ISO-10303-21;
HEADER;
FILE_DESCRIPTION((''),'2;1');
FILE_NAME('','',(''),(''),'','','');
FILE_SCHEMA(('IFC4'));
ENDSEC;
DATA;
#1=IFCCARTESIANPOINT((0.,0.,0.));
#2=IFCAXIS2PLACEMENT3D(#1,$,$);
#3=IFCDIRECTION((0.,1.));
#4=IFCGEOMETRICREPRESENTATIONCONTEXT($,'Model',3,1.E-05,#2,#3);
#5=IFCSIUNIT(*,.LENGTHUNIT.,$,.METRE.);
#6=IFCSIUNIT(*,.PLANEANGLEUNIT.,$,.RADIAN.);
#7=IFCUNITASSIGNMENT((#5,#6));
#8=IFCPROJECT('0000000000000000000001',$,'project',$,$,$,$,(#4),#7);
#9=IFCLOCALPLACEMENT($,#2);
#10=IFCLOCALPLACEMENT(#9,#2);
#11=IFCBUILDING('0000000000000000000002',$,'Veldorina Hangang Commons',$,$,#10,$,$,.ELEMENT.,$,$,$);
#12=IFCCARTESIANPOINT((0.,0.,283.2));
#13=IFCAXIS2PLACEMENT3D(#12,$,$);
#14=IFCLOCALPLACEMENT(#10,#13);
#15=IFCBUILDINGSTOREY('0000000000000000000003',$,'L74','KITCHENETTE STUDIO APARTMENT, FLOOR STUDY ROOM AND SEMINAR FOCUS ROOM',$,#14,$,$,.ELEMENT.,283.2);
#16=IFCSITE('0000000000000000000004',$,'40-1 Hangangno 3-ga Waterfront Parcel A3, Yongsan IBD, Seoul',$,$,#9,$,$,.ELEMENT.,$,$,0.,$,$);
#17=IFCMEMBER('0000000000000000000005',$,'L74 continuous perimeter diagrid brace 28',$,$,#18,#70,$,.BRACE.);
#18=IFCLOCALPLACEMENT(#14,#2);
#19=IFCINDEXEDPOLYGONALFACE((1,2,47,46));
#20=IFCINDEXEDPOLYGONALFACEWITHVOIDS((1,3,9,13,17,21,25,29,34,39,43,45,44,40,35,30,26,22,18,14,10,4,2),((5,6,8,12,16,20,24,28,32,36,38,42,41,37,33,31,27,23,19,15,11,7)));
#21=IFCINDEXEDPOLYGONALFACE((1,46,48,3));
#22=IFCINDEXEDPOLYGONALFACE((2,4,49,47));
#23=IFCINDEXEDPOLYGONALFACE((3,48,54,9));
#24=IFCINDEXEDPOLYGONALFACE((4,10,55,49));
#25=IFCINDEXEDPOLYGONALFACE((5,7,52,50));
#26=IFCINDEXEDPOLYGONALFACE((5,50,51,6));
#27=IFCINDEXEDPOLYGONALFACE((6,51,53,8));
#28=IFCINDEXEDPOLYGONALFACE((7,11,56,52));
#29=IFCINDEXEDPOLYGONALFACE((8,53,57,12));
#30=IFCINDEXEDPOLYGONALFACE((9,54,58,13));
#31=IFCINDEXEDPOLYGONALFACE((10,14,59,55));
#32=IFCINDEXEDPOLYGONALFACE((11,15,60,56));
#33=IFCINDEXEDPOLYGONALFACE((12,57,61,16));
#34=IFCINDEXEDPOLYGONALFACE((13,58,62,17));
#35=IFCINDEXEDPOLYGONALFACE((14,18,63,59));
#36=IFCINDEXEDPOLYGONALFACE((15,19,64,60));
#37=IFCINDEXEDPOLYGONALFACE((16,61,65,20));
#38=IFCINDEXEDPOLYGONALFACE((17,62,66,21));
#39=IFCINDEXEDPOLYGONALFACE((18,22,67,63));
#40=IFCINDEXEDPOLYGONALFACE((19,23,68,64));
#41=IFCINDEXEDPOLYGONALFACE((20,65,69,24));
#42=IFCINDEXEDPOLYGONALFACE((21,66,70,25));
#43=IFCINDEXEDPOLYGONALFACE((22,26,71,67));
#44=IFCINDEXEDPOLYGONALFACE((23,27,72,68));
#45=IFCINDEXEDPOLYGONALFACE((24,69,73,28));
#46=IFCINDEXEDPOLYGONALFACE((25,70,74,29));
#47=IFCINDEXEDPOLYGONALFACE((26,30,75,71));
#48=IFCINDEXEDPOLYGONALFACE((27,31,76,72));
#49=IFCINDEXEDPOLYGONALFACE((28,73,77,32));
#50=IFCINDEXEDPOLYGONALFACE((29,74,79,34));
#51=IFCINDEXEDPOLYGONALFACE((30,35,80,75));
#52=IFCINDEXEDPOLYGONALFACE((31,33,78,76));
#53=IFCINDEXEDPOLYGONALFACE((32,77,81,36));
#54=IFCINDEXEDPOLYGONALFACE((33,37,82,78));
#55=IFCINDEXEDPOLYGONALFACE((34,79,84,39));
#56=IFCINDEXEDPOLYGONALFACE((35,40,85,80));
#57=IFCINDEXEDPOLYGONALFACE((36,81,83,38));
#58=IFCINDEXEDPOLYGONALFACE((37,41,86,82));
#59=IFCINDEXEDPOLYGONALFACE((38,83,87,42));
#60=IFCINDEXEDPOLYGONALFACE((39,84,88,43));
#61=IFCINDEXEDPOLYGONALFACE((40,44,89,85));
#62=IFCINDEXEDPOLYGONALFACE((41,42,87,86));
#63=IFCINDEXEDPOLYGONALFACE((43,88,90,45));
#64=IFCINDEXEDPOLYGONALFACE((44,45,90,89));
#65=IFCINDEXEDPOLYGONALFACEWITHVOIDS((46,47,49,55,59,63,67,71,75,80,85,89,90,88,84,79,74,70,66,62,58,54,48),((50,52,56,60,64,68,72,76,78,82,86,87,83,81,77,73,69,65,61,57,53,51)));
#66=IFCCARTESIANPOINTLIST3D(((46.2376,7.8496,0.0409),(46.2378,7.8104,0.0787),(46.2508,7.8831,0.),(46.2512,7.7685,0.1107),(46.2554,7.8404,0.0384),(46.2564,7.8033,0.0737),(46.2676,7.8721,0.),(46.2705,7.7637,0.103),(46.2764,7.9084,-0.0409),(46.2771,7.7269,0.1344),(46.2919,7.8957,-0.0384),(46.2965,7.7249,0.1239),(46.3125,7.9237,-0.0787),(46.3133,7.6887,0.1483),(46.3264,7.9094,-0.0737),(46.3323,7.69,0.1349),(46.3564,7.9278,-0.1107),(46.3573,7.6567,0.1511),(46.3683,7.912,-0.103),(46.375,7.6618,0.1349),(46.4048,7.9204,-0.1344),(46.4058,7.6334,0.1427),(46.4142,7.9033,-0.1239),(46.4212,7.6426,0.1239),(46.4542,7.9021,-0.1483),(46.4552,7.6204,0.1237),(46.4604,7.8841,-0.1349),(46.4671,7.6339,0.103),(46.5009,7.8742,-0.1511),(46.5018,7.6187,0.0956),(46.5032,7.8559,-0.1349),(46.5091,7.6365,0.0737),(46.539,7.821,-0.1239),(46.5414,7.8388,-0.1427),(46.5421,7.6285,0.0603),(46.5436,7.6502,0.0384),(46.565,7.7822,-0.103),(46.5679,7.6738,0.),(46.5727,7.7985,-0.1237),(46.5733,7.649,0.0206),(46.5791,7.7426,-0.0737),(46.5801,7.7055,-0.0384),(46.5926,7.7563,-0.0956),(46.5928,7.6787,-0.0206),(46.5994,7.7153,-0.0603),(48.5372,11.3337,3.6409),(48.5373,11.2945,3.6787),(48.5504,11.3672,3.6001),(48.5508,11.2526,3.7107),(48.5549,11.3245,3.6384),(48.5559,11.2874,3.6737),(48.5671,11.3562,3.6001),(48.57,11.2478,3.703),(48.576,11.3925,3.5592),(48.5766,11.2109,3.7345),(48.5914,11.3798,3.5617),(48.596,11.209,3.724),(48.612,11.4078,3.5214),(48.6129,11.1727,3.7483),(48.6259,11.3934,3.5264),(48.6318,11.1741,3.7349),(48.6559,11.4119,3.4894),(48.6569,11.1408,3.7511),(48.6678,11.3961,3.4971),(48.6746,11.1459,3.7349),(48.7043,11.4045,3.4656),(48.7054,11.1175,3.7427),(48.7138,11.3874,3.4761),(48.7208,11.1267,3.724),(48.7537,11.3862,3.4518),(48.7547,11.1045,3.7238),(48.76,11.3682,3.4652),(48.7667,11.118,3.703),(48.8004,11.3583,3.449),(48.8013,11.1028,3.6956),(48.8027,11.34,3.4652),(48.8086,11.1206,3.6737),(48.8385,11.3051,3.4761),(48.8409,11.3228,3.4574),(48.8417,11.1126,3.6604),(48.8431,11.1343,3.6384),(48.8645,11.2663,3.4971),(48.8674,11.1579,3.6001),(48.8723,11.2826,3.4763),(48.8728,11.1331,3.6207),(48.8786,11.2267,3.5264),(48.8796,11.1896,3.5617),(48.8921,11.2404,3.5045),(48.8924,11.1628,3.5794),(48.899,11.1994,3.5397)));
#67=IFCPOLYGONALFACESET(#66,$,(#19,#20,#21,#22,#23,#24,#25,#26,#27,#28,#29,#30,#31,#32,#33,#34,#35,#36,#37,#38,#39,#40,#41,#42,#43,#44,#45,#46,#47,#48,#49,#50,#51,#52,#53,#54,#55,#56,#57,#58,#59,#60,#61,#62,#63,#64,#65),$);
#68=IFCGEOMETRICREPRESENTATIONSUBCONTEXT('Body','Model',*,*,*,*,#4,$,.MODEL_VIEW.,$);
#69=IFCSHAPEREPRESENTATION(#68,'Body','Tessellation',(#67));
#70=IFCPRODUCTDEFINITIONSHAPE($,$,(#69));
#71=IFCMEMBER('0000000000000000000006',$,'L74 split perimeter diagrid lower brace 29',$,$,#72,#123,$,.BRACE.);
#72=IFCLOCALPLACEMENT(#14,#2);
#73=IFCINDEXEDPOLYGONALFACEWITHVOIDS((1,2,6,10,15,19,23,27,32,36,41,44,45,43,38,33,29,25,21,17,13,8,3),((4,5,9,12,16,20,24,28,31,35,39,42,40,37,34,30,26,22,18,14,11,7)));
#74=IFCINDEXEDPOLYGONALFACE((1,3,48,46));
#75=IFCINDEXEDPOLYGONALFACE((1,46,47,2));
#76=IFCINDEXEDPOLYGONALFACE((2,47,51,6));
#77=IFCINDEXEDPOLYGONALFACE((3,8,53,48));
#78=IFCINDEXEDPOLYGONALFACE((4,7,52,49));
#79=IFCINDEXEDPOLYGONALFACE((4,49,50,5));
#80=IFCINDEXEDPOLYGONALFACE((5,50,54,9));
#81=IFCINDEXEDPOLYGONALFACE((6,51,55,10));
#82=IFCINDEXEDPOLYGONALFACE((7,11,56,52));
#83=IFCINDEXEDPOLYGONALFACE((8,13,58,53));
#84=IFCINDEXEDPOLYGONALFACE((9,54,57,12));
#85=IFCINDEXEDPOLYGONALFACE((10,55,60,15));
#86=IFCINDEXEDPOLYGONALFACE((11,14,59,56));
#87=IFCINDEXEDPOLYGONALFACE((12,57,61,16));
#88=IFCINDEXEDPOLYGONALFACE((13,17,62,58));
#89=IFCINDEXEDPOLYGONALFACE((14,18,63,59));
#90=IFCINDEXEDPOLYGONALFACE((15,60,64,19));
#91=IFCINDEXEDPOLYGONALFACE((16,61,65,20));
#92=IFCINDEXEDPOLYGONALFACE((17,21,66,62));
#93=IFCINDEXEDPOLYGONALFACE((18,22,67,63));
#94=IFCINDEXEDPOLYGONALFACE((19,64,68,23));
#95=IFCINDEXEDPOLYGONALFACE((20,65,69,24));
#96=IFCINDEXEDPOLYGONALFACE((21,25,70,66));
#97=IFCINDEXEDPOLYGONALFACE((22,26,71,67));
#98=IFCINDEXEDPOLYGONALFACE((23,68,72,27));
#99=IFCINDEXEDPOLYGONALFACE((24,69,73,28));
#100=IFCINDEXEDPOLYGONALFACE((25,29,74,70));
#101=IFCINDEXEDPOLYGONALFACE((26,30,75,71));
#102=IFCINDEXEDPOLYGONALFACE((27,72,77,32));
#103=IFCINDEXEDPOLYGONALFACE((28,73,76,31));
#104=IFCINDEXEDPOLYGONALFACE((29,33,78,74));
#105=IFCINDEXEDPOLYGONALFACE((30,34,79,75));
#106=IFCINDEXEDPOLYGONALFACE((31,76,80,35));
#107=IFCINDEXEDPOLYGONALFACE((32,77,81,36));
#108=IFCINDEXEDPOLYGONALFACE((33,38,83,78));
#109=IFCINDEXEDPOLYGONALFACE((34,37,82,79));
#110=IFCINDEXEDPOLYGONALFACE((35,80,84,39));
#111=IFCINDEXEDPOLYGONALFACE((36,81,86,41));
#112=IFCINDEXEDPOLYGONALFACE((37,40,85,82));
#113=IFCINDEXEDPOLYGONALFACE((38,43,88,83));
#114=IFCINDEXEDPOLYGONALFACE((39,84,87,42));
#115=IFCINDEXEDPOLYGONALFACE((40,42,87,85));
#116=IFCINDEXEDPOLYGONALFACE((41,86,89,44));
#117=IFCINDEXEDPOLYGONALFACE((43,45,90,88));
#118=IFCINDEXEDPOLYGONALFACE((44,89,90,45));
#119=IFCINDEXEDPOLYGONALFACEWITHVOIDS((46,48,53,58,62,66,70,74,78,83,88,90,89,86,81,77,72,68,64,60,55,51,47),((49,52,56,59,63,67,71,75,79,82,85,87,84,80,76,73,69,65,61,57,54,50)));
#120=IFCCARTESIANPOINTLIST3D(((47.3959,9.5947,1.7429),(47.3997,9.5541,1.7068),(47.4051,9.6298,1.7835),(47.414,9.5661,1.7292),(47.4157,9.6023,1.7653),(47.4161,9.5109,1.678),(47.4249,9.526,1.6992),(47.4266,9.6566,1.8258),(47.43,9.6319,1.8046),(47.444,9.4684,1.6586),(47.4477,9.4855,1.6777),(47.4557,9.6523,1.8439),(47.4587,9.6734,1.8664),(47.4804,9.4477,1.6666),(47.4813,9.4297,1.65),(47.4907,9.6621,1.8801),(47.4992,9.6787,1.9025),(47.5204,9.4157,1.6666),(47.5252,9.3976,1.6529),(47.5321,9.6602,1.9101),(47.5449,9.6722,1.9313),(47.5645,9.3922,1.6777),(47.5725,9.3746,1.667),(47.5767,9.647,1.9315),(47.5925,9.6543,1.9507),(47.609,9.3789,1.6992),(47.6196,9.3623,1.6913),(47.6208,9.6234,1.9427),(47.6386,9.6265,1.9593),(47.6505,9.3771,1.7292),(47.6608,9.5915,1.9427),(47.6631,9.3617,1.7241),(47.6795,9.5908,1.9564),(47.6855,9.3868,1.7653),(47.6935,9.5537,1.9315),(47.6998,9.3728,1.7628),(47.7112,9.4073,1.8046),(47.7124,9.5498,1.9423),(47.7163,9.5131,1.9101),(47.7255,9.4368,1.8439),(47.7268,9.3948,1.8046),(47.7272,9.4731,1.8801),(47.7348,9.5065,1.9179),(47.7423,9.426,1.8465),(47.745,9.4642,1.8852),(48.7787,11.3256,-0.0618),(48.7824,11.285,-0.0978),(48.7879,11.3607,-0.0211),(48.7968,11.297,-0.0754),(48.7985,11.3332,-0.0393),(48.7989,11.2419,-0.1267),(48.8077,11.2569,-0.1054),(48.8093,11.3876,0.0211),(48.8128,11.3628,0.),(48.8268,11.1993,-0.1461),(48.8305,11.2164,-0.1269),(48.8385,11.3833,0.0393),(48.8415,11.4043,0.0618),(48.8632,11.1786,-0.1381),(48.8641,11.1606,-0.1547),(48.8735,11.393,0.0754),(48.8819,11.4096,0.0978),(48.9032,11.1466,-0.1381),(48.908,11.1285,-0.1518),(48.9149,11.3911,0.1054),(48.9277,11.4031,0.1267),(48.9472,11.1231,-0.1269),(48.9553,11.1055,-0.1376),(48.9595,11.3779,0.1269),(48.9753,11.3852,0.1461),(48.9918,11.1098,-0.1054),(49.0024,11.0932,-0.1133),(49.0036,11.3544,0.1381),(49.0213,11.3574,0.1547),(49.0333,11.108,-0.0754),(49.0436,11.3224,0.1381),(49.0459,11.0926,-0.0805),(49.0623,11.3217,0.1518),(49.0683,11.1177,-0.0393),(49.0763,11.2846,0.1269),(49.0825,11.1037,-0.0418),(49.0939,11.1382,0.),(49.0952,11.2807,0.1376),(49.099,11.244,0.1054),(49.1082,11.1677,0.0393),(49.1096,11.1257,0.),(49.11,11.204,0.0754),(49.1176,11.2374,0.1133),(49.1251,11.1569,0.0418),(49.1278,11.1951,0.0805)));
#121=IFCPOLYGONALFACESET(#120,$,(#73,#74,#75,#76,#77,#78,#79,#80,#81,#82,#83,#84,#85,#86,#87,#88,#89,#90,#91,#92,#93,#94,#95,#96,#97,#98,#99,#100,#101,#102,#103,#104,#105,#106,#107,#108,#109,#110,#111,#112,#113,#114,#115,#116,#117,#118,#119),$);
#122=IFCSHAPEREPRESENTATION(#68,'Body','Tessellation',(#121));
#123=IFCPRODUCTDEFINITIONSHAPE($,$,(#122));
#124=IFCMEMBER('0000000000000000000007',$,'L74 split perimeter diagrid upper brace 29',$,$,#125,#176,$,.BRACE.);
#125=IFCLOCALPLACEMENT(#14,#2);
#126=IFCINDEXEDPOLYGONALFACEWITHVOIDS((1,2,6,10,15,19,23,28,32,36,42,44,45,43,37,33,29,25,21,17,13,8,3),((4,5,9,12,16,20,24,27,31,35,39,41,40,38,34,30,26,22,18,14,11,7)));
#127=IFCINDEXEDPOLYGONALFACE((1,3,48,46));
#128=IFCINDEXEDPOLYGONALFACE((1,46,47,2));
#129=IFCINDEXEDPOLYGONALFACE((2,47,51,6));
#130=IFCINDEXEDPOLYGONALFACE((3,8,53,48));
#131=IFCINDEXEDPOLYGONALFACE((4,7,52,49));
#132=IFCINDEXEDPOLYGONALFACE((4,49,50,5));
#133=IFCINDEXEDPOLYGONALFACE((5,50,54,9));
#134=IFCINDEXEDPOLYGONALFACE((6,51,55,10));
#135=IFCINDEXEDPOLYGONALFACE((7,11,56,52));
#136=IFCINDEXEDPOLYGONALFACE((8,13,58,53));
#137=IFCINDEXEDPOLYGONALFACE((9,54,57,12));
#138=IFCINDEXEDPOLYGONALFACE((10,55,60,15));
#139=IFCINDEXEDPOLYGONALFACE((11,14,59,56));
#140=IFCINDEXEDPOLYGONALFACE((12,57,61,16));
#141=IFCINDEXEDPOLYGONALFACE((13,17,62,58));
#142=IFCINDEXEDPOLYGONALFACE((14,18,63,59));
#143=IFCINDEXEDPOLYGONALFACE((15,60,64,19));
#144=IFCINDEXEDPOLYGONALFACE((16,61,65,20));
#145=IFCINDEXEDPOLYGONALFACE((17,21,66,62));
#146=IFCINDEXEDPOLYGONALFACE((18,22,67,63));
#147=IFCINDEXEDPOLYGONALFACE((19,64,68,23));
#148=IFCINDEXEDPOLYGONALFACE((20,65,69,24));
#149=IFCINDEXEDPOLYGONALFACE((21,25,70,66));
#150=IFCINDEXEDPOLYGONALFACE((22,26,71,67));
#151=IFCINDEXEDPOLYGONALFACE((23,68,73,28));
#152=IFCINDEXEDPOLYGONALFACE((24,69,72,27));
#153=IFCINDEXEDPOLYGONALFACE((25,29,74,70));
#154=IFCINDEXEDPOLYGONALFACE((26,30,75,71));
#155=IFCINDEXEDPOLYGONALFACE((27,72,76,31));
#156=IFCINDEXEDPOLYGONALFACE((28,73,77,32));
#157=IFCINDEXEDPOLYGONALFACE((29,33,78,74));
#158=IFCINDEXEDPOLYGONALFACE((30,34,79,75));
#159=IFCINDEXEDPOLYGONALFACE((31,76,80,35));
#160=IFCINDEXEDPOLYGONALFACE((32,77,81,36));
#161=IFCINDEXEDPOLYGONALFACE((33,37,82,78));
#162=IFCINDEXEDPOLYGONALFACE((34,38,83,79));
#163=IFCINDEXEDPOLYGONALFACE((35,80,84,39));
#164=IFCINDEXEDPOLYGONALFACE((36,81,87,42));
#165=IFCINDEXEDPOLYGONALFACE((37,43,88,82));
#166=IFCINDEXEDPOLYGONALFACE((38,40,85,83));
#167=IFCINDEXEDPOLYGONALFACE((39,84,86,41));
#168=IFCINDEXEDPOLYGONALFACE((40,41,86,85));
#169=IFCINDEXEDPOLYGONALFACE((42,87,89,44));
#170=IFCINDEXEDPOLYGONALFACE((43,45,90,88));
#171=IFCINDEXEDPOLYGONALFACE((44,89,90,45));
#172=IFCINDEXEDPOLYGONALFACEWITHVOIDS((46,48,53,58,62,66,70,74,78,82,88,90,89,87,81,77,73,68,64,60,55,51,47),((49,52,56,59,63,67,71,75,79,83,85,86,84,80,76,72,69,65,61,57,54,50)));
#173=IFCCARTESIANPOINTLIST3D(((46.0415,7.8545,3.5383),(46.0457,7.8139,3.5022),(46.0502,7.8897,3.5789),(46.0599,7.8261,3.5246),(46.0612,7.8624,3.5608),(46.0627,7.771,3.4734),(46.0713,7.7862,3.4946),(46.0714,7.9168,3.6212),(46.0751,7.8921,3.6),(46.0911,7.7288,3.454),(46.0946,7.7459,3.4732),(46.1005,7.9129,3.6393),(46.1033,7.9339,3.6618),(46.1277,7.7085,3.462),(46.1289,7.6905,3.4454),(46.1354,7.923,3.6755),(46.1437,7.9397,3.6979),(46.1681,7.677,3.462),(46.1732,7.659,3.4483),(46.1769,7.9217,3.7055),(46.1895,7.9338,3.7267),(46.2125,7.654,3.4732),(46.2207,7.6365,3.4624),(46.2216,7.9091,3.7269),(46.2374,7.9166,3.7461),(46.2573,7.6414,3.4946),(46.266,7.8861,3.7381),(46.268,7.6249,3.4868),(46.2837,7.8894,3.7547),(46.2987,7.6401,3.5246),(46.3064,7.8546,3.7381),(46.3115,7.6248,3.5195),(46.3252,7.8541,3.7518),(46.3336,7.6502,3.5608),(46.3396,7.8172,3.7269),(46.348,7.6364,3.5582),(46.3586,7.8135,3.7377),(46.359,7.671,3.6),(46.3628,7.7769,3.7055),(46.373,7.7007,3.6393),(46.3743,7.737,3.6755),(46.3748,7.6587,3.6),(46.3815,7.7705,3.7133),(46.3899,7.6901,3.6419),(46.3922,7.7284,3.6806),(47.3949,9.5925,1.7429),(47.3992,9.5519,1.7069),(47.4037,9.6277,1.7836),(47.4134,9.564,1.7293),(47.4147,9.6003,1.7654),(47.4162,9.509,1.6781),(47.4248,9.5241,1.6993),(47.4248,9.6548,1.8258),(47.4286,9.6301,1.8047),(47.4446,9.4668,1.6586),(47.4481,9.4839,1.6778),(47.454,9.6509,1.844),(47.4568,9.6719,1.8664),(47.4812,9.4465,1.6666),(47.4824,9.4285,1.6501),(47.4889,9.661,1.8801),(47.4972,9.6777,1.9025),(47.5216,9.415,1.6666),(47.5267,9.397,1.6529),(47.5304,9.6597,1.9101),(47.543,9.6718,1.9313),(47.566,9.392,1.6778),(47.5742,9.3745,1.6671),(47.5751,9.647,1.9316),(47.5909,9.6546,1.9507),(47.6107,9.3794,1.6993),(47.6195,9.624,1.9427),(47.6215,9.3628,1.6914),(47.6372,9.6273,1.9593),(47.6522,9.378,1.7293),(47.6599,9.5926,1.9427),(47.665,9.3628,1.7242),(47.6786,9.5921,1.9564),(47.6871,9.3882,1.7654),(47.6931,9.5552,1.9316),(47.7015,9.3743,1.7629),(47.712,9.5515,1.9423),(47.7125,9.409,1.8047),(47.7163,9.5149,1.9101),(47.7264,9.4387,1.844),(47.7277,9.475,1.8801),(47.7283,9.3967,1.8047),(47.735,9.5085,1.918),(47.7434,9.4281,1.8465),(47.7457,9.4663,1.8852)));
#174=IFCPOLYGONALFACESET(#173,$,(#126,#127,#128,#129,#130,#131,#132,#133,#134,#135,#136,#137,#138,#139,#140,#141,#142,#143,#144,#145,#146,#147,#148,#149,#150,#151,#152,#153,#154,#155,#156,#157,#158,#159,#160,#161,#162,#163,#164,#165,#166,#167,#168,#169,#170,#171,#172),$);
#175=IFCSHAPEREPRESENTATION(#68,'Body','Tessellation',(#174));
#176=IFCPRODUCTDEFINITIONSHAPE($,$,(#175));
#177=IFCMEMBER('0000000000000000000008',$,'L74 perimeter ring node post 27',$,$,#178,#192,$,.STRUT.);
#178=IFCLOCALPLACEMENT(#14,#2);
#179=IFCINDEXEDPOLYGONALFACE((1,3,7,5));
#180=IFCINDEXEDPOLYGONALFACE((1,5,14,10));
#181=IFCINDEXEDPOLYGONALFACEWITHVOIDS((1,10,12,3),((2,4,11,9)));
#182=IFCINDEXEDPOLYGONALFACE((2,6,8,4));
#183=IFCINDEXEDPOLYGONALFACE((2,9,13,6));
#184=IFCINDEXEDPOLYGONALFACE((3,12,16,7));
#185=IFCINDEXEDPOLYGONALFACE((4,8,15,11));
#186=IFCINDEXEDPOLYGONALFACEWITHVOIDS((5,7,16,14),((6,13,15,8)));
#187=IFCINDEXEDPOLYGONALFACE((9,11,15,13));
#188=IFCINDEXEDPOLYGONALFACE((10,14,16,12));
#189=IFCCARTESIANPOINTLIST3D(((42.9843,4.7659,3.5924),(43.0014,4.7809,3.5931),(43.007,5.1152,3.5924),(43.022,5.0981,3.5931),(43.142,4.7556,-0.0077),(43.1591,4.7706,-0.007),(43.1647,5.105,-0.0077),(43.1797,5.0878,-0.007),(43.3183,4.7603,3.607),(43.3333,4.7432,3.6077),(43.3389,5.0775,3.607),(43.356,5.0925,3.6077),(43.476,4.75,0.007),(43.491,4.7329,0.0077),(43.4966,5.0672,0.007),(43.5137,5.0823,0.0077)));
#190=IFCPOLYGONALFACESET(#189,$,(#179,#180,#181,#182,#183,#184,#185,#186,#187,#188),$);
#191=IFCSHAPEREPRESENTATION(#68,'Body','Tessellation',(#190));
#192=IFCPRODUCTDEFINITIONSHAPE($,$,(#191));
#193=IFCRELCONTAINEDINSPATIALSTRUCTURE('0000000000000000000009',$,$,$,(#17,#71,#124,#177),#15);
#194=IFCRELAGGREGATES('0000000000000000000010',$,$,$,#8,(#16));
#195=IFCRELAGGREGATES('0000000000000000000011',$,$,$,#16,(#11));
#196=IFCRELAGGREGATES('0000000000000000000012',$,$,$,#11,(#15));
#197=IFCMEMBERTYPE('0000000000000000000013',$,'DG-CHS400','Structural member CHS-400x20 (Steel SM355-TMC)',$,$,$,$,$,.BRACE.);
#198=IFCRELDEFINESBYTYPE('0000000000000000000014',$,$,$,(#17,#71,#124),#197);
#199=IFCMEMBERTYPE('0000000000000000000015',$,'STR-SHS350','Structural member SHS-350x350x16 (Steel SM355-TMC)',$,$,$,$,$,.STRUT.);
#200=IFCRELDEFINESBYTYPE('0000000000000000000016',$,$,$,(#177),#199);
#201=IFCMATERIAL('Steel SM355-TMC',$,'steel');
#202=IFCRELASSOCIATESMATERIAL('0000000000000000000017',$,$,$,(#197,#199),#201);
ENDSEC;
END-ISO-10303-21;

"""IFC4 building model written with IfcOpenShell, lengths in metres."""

from ifc_helpers import new_model, si_unit, direction, frame, origin, origin_2d, place, context, subcontext, project, spatial, hollow_rectangle, hollow_circle, extrude, material, material_profile, profile_set, type_object, element, save


model = new_model("IFC4")

# Units and contexts
model_context = context("Model", 3, precision=1e-05, world=origin(), true_north=direction((0.0, 1.0)))
body_context = subcontext(model_context, "Body", "Model", "MODEL_VIEW")
ifc_project = project(units=[si_unit("LENGTHUNIT", "METRE"), si_unit("PLANEANGLEUNIT", "RADIAN")], contexts=[model_context])

# Site, building, storey
site_placement = place(None, origin())
site = spatial("IfcSite", under=ifc_project, at=site_placement, Name="40-1 Hangangno 3-ga Waterfront Parcel A3, Yongsan IBD, Seoul", CompositionType="ELEMENT", RefElevation=0.0)
building_placement = place(site_placement, origin())
building = spatial("IfcBuilding", under=site, at=building_placement, Name="Veldorina Hangang Commons", CompositionType="ELEMENT")
storey_placement = place(building_placement, frame((0.0, 0.0, 283.2)))
storey = spatial("IfcBuildingStorey", under=building, at=storey_placement, Name="L74", Description="KITCHENETTE STUDIO APARTMENT, FLOOR STUDY ROOM AND SEMINAR FOCUS ROOM", CompositionType="ELEMENT", Elevation=283.2)

# Shared definitions
ifc_material_1 = material(Name="Steel SM355-TMC", Category="steel")

# Members
ifc_material_profile_1 = material_profile(ifc_material_1, hollow_circle(Radius=0.2, WallThickness=0.02, at=origin_2d()), Name="CHS-400x20")
ifc_profile_set_1 = profile_set([ifc_material_profile_1], Name="Steel SM355-TMC")
member_type_1 = type_object("IfcMemberType", Name="DG-CHS400", Description="Structural member CHS-400x20 (Steel SM355-TMC)", PredefinedType="BRACE", material=ifc_profile_set_1)
member_1_placement = place(storey_placement, frame((46.4177, 7.7729, 0.0), z_axis=(0.417153, 0.63204, 0.653077), x_axis=(-0.834606, 0.550848, 0.0)))
element("IfcMember", 1, at=member_1_placement, inside=storey, type_object=member_type_1, Name="L74 continuous perimeter diagrid brace 28", PredefinedType="BRACE", context=body_context, shape_type="SweptSolid", body=[
    extrude(hollow_circle(Radius=0.2, WallThickness=0.02, at=origin_2d()), origin(), (0.0, 0.0, 1.0), 5.5125),
])
member_2_placement = place(storey_placement, frame((48.9534, 11.2505, 0.0), z_axis=(-0.483925, -0.60576, 0.631563), x_axis=(0.781299, -0.624157, 0.0)))
element("IfcMember", 2, at=member_2_placement, inside=storey, type_object=member_type_1, Name="L74 split perimeter diagrid lower brace 29", PredefinedType="BRACE", context=body_context, shape_type="SweptSolid", body=[
    extrude(hollow_circle(Radius=0.2, WallThickness=0.02, at=origin_2d()), origin(), (0.0, 0.0, 1.0), 2.8574),
])
member_3_placement = place(storey_placement, frame((47.5706, 9.5195, 1.8047), z_axis=(-0.476275, -0.61158, 0.631769), x_axis=(0.788976, -0.614424, 0.0)))
element("IfcMember", 3, at=member_3_placement, inside=storey, type_object=member_type_1, Name="L74 split perimeter diagrid upper brace 29", PredefinedType="BRACE", context=body_context, shape_type="SweptSolid", body=[
    extrude(hollow_circle(Radius=0.2, WallThickness=0.02, at=origin_2d()), origin(), (0.0, 0.0, 1.0), 2.8418),
])
ifc_material_profile_2 = material_profile(ifc_material_1, hollow_rectangle(XDim=0.3501, YDim=0.3501, WallThickness=0.0161, at=origin_2d()), Name="SHS-350x350x16")
ifc_profile_set_2 = profile_set([ifc_material_profile_2], Name="Steel SM355-TMC")
member_type_2 = type_object("IfcMemberType", Name="STR-SHS350", Description="Structural member SHS-350x350x16 (Steel SM355-TMC)", PredefinedType="STRUT", material=ifc_profile_set_2)
member_4_placement = place(storey_placement, frame((43.3279, 4.9189, 0.0), z_axis=(-0.043766, 0.002845, 0.999038), x_axis=(-0.064879, -0.997893, 0.0)))
element("IfcMember", 4, at=member_4_placement, inside=storey, type_object=member_type_2, Name="L74 perimeter ring node post 27", PredefinedType="STRUT", context=body_context, shape_type="SweptSolid", body=[
    extrude(hollow_rectangle(XDim=0.3501, YDim=0.3501, WallThickness=0.0161, at=origin_2d()), origin(), (0.0, 0.0, 1.0), 3.6035),
])

save(model, "model.ifc")
